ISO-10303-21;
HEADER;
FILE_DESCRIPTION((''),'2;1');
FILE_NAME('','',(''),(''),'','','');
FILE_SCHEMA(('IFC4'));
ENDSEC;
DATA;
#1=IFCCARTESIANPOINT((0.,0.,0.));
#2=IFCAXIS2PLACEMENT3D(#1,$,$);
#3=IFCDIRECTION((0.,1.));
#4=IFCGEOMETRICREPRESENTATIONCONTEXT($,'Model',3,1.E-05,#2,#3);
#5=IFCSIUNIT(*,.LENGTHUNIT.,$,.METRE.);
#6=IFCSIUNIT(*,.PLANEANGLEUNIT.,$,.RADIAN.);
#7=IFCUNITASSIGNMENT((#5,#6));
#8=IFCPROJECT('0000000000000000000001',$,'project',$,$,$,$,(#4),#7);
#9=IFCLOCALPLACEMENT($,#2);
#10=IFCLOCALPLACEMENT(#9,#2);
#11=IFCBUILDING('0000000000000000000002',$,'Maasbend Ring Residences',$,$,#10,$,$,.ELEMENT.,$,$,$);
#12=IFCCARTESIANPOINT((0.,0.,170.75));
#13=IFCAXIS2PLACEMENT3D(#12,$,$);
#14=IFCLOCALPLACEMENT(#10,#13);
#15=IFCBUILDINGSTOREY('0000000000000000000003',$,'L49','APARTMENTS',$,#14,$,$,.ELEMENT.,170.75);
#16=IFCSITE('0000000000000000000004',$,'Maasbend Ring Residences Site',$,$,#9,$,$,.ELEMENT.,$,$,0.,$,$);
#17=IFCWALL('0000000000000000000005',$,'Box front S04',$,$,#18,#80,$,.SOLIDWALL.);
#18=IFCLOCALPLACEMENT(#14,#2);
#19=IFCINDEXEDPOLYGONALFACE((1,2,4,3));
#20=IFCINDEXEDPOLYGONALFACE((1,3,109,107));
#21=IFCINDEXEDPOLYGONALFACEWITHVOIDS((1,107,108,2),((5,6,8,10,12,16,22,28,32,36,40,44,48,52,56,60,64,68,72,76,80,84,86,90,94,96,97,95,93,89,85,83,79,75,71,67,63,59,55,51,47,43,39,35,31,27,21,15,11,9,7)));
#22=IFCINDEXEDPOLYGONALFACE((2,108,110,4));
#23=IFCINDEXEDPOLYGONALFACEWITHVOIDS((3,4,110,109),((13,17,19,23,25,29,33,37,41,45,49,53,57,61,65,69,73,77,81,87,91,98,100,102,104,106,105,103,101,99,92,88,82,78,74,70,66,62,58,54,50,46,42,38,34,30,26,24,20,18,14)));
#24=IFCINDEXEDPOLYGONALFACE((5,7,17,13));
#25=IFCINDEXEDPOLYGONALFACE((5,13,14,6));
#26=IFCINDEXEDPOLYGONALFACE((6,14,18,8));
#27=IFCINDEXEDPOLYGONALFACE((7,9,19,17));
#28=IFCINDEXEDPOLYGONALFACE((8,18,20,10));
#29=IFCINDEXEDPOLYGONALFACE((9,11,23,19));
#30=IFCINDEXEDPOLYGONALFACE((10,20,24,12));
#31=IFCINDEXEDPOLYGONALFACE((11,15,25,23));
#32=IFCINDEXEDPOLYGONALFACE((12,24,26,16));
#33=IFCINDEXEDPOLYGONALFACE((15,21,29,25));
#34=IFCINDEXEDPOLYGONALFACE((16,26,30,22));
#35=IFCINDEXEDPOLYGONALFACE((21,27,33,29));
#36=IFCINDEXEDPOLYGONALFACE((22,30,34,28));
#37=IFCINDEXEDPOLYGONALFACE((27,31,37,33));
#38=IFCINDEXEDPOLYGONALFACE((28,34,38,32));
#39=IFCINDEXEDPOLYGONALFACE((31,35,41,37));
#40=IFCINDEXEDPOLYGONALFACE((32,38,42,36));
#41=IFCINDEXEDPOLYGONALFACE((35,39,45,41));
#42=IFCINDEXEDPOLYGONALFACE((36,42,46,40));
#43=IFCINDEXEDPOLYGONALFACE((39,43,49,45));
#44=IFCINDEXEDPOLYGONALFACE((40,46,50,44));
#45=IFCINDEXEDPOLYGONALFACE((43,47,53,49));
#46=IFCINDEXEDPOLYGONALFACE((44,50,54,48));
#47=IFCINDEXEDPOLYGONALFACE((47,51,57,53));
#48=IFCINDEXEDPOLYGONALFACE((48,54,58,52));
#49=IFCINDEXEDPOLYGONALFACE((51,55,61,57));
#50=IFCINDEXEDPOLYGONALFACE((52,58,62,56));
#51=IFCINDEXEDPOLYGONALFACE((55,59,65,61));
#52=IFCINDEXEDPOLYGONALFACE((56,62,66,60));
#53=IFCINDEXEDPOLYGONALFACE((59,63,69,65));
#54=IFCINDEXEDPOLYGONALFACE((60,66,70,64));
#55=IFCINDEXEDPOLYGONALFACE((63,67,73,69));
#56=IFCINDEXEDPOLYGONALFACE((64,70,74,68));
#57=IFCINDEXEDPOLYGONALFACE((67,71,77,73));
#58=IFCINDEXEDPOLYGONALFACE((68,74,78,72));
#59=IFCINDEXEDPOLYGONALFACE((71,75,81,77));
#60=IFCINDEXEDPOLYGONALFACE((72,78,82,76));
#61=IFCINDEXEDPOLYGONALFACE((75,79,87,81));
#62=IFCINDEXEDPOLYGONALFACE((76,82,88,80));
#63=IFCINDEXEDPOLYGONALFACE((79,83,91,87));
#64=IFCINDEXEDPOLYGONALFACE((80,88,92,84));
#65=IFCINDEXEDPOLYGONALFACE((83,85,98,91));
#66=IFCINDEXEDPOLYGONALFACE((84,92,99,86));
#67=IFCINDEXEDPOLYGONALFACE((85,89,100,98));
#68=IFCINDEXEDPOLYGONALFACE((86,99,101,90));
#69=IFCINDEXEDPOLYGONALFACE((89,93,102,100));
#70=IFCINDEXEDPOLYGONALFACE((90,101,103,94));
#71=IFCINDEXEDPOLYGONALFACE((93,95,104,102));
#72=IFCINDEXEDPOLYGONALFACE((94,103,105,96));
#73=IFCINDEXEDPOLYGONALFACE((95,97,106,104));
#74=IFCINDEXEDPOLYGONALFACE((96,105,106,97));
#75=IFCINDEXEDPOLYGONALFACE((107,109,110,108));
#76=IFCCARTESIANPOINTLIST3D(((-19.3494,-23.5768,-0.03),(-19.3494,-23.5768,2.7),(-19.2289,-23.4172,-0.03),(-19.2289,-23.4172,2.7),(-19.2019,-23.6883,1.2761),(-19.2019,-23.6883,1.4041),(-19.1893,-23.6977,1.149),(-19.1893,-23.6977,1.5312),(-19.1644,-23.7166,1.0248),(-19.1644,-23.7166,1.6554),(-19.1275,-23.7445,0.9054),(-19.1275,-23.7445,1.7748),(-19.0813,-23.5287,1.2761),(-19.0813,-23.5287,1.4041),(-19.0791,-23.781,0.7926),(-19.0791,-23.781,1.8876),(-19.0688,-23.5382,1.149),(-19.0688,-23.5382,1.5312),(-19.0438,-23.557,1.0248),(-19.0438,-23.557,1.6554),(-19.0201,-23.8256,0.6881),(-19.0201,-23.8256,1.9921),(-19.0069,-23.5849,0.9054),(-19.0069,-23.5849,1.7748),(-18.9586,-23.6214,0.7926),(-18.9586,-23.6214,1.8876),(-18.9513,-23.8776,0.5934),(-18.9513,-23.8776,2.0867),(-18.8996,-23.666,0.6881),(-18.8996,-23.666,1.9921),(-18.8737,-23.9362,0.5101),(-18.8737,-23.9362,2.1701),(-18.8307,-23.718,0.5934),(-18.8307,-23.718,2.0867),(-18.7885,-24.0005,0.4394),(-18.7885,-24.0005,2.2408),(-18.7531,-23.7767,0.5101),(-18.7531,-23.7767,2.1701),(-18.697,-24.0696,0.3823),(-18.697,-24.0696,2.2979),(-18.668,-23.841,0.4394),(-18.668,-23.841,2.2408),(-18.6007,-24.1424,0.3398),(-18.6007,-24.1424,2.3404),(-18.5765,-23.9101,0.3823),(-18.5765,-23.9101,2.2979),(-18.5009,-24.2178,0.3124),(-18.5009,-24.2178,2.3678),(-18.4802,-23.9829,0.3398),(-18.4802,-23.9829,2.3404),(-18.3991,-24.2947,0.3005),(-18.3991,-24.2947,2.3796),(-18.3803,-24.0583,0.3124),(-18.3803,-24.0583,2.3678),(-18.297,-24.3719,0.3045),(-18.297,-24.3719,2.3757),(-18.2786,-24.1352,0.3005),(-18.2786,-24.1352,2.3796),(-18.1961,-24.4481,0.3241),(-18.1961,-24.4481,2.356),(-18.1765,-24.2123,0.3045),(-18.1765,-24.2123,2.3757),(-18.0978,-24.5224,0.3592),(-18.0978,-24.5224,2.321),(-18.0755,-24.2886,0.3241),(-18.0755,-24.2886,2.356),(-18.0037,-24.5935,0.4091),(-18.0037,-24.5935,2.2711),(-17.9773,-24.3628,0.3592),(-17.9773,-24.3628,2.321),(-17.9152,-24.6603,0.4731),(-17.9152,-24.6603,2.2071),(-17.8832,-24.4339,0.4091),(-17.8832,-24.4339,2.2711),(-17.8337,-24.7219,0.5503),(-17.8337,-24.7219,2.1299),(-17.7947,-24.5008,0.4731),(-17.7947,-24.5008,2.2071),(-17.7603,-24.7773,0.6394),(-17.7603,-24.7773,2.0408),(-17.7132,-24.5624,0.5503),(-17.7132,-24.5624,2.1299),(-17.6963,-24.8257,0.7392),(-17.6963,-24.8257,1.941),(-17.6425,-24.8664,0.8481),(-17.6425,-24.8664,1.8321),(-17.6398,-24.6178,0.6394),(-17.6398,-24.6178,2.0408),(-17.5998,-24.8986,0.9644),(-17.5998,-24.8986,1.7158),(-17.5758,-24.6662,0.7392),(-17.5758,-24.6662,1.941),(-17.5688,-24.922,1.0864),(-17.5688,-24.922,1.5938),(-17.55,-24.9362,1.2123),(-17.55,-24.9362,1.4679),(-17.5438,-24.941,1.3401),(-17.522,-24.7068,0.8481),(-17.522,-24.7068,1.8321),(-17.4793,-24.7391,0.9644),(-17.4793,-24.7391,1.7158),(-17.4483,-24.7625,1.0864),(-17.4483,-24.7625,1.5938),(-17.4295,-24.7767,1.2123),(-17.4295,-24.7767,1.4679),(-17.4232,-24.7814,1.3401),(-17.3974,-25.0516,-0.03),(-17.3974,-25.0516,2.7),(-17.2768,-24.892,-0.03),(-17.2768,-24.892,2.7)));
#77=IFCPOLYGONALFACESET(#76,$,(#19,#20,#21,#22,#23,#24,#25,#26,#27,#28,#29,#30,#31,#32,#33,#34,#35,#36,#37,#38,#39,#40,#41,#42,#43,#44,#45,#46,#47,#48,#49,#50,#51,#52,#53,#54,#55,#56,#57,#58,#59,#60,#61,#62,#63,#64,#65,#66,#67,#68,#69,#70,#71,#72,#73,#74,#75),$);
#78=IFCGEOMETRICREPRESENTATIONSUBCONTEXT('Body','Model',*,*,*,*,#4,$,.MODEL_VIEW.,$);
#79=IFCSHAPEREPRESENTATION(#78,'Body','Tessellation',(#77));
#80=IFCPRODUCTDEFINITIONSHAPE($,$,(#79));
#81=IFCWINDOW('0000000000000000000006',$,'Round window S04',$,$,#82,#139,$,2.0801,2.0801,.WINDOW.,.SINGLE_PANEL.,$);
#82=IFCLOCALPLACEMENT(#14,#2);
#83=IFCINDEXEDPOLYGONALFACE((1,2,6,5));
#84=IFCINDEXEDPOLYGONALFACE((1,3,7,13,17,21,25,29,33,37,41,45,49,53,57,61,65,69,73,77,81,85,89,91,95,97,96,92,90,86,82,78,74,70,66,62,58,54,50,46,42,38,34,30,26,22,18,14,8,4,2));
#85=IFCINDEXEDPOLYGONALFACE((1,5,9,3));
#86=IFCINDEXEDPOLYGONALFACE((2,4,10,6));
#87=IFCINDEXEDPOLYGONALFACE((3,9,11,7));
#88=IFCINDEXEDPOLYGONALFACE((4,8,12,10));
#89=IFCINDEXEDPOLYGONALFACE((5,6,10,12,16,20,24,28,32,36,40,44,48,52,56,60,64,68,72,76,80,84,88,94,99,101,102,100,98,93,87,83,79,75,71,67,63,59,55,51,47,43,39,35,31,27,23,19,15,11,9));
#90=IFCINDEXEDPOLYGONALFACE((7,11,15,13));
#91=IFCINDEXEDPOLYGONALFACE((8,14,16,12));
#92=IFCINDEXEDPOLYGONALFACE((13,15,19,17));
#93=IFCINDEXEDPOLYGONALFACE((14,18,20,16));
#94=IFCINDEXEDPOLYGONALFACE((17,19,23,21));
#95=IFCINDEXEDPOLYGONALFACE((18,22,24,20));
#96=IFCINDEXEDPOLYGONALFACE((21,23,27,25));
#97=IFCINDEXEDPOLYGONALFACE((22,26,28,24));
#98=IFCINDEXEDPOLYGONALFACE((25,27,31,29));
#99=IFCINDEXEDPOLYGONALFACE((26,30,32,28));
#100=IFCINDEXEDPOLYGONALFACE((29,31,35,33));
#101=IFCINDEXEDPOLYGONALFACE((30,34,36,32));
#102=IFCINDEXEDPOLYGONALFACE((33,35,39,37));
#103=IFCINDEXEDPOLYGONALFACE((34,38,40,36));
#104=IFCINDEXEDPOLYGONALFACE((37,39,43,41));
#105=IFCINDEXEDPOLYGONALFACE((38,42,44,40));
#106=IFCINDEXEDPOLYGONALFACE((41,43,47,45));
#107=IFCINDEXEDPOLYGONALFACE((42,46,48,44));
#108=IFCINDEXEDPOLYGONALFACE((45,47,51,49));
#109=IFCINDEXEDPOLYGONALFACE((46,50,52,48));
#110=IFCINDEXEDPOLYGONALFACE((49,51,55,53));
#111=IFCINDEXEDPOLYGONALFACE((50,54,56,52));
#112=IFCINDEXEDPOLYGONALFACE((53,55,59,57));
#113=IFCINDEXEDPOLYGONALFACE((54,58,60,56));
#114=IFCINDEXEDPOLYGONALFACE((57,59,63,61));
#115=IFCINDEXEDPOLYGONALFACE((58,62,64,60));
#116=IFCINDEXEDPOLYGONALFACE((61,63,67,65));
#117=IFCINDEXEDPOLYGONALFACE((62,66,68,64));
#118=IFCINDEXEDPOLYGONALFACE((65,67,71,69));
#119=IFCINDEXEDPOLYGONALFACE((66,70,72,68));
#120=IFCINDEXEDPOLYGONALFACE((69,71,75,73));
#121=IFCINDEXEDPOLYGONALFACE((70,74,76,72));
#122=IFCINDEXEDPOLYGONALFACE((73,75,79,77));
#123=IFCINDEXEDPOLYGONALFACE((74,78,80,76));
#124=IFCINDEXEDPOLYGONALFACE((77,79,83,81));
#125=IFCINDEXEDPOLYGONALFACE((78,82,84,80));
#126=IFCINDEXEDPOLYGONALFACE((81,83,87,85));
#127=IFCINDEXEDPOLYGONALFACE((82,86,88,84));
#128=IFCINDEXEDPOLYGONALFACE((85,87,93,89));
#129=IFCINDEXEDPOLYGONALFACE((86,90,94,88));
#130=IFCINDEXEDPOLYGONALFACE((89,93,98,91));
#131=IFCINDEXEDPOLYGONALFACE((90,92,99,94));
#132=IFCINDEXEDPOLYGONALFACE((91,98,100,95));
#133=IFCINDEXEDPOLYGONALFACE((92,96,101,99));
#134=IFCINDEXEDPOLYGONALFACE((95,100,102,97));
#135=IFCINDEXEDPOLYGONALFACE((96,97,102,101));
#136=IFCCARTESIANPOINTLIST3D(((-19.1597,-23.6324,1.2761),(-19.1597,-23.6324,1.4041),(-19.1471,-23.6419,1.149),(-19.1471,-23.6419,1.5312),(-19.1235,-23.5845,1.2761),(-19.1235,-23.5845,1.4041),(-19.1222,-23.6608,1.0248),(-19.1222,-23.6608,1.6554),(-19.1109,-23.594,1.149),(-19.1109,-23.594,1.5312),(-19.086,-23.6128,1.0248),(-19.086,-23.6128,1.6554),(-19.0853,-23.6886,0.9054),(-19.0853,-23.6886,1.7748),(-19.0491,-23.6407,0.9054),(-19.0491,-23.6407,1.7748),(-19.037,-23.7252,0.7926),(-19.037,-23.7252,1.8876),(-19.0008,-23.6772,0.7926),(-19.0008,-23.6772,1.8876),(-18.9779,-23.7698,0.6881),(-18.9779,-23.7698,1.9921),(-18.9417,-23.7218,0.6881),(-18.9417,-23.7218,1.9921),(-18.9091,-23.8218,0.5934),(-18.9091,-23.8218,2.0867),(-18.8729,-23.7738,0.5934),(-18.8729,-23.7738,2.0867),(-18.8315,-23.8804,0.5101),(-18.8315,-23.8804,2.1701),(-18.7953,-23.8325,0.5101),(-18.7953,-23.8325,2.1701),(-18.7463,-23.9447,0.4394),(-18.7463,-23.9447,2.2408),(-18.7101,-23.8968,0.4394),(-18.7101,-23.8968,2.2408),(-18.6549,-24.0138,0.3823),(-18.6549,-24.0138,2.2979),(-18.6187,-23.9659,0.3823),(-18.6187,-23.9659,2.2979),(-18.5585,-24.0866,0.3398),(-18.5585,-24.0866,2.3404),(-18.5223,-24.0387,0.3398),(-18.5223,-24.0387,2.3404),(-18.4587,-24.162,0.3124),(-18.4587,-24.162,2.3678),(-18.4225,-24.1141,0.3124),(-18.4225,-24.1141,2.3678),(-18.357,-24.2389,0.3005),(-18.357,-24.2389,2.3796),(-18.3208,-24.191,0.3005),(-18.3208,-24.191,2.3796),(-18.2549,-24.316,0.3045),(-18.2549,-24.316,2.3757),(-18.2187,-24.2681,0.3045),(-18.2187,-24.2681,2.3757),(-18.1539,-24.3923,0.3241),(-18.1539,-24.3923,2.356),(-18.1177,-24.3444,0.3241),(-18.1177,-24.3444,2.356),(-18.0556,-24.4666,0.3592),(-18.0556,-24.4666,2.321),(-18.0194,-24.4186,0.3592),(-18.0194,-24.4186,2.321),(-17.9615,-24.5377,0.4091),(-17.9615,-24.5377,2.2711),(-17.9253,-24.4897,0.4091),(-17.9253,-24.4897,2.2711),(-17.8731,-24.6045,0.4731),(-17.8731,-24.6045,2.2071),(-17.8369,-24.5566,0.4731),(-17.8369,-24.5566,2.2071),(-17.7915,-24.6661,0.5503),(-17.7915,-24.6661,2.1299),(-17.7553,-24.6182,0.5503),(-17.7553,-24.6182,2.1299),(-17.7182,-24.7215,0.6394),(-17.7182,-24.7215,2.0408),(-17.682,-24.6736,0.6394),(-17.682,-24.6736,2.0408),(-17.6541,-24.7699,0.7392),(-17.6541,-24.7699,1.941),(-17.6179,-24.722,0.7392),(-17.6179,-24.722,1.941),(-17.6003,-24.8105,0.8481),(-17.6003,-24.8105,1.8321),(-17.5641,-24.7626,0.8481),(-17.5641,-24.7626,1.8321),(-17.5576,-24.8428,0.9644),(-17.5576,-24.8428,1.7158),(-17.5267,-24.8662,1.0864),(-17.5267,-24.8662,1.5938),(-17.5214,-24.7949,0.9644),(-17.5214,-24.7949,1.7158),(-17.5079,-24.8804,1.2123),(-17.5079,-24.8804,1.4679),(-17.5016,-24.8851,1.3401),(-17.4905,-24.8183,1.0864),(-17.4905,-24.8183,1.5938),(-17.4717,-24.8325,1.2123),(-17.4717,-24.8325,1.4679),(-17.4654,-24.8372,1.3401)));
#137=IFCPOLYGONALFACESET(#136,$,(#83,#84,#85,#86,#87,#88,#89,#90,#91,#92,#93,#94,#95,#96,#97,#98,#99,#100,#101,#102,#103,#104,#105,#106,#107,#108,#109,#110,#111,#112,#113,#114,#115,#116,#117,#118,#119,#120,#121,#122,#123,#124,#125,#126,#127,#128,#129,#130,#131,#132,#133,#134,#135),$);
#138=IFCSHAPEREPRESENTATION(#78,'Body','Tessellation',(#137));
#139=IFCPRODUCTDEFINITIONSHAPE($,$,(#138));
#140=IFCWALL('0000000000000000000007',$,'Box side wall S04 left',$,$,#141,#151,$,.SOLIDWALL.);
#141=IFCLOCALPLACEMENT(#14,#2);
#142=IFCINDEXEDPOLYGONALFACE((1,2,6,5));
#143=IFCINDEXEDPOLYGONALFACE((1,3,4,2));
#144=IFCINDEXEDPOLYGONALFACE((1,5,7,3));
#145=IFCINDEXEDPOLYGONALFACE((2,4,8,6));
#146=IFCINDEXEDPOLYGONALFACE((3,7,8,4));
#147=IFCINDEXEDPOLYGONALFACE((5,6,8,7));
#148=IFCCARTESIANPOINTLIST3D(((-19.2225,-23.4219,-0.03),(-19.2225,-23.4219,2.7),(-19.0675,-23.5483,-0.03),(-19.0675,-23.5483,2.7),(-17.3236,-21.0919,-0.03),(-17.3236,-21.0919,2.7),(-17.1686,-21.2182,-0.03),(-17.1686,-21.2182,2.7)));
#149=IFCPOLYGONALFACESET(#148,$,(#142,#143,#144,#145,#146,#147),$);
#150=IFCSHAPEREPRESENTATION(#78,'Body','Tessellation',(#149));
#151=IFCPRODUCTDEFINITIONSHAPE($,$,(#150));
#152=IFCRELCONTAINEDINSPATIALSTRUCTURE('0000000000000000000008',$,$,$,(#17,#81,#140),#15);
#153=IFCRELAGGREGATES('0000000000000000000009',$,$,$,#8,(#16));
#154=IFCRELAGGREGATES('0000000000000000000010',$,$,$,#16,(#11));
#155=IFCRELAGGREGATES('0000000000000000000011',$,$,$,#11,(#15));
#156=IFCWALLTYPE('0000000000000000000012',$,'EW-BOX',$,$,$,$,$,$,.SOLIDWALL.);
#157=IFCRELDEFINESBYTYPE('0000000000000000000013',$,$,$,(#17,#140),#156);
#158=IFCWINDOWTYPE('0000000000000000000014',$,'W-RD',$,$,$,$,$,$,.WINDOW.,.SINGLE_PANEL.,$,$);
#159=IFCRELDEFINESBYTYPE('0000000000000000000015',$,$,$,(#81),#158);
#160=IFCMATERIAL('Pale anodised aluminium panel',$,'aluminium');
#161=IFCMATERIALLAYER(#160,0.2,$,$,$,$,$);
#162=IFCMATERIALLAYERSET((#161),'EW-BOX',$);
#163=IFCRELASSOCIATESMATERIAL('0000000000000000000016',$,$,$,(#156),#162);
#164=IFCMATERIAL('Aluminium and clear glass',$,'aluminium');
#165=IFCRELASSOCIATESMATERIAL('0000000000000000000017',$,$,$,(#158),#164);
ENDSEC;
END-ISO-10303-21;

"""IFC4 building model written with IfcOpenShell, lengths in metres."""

from ifc_helpers import new_model, si_unit, direction, frame, frame_2d, origin, place, context, subcontext, project, spatial, rectangle, circle, extrude, material, layer, layer_set, type_object, element, fill, save


model = new_model("IFC4")

# Units and contexts
model_context = context("Model", 3, precision=1e-05, world=origin(), true_north=direction((0.0, 1.0)))
body_context = subcontext(model_context, "Body", "Model", "MODEL_VIEW")
ifc_project = project(units=[si_unit("LENGTHUNIT", "METRE"), si_unit("PLANEANGLEUNIT", "RADIAN")], contexts=[model_context])

# Site, building, storey
site_placement = place(None, origin())
site = spatial("IfcSite", under=ifc_project, at=site_placement, Name="Maasbend Ring Residences Site", CompositionType="ELEMENT", RefElevation=0.0)
building_placement = place(site_placement, origin())
building = spatial("IfcBuilding", under=site, at=building_placement, Name="Maasbend Ring Residences", CompositionType="ELEMENT")
storey_placement = place(building_placement, frame((0.0, 0.0, 170.75)))
storey = spatial("IfcBuildingStorey", under=building, at=storey_placement, Name="L49", Description="APARTMENTS", CompositionType="ELEMENT", Elevation=170.75)

# Shared definitions
ifc_material_1 = material(Name="Pale anodised aluminium panel", Category="aluminium")
ifc_layer_1 = layer(ifc_material_1, 0.2)
ifc_layer_set_1 = layer_set([ifc_layer_1], Name="EW-BOX")
wall_type_1 = type_object("IfcWallType", Name="EW-BOX", PredefinedType="SOLIDWALL", material=ifc_layer_set_1)
ifc_material_2 = material(Name="Aluminium and clear glass", Category="aluminium")
window_type_1 = type_object("IfcWindowType", Name="W-RD", PartitioningType="SINGLE_PANEL", PredefinedType="WINDOW", material=ifc_material_2)

# Wall, opening, window
wall_1_placement = place(storey_placement, frame((-19.2891, -23.4971, -0.03), z_axis=(0.0, 0.0, 1.0), x_axis=(0.797888, -0.602806, 0.0)))
wall_1 = element("IfcWall", 1, at=wall_1_placement, inside=storey, type_object=wall_type_1, Name="Box front S04", PredefinedType="SOLIDWALL", context=body_context, shape_type="SweptSolid", body=[
    extrude(rectangle(XDim=2.4465, YDim=0.2, at=frame_2d((1.2231, 0.0))), origin(), (0.0, 0.0, 1.0), 2.73),
])
opening_1_placement = place(wall_1_placement, frame((0.1829, 0.0, 0.3301)))
opening_1 = element("IfcOpeningElement", 2, at=opening_1_placement, cuts=wall_1, PredefinedType="OPENING", context=body_context, shape_type="SweptSolid", body=[
    extrude(circle(Radius=1.04, at=frame_2d((1.04, 1.04))), frame((0.0, 0.1099, 0.0), z_axis=(0.0, -1.0, 0.0), x_axis=(1.0, 0.0, 0.0)), (0.0, 0.0, 1.0), 0.22),
])
window_1_placement = place(opening_1_placement, origin())
window_1 = element("IfcWindow", 3, at=window_1_placement, inside=storey, type_object=window_type_1, Name="Round window S04", OverallHeight=2.0801, OverallWidth=2.0801, PartitioningType="SINGLE_PANEL", PredefinedType="WINDOW", context=body_context, shape_type="SweptSolid", body=[
    extrude(circle(Radius=1.04, at=frame_2d((1.04, 1.04))), frame((0.0, 0.03, 0.0), z_axis=(0.0, -1.0, 0.0), x_axis=(1.0, 0.0, 0.0)), (0.0, 0.0, 1.0), 0.0601),
])
fill(opening_1, window_1)

# Wall
wall_2_placement = place(storey_placement, frame((-17.2461, -21.155, -0.03), z_axis=(0.0, 0.0, 1.0), x_axis=(-0.631742, -0.775179, 0.0)))
element("IfcWall", 4, at=wall_2_placement, inside=storey, type_object=wall_type_1, Name="Box side wall S04 left", PredefinedType="SOLIDWALL", context=body_context, shape_type="SweptSolid", body=[
    extrude(rectangle(XDim=3.0059, YDim=0.2, at=frame_2d((1.5029, 0.0))), origin(), (0.0, 0.0, 1.0), 2.73),
])

save(model, "model.ifc")
